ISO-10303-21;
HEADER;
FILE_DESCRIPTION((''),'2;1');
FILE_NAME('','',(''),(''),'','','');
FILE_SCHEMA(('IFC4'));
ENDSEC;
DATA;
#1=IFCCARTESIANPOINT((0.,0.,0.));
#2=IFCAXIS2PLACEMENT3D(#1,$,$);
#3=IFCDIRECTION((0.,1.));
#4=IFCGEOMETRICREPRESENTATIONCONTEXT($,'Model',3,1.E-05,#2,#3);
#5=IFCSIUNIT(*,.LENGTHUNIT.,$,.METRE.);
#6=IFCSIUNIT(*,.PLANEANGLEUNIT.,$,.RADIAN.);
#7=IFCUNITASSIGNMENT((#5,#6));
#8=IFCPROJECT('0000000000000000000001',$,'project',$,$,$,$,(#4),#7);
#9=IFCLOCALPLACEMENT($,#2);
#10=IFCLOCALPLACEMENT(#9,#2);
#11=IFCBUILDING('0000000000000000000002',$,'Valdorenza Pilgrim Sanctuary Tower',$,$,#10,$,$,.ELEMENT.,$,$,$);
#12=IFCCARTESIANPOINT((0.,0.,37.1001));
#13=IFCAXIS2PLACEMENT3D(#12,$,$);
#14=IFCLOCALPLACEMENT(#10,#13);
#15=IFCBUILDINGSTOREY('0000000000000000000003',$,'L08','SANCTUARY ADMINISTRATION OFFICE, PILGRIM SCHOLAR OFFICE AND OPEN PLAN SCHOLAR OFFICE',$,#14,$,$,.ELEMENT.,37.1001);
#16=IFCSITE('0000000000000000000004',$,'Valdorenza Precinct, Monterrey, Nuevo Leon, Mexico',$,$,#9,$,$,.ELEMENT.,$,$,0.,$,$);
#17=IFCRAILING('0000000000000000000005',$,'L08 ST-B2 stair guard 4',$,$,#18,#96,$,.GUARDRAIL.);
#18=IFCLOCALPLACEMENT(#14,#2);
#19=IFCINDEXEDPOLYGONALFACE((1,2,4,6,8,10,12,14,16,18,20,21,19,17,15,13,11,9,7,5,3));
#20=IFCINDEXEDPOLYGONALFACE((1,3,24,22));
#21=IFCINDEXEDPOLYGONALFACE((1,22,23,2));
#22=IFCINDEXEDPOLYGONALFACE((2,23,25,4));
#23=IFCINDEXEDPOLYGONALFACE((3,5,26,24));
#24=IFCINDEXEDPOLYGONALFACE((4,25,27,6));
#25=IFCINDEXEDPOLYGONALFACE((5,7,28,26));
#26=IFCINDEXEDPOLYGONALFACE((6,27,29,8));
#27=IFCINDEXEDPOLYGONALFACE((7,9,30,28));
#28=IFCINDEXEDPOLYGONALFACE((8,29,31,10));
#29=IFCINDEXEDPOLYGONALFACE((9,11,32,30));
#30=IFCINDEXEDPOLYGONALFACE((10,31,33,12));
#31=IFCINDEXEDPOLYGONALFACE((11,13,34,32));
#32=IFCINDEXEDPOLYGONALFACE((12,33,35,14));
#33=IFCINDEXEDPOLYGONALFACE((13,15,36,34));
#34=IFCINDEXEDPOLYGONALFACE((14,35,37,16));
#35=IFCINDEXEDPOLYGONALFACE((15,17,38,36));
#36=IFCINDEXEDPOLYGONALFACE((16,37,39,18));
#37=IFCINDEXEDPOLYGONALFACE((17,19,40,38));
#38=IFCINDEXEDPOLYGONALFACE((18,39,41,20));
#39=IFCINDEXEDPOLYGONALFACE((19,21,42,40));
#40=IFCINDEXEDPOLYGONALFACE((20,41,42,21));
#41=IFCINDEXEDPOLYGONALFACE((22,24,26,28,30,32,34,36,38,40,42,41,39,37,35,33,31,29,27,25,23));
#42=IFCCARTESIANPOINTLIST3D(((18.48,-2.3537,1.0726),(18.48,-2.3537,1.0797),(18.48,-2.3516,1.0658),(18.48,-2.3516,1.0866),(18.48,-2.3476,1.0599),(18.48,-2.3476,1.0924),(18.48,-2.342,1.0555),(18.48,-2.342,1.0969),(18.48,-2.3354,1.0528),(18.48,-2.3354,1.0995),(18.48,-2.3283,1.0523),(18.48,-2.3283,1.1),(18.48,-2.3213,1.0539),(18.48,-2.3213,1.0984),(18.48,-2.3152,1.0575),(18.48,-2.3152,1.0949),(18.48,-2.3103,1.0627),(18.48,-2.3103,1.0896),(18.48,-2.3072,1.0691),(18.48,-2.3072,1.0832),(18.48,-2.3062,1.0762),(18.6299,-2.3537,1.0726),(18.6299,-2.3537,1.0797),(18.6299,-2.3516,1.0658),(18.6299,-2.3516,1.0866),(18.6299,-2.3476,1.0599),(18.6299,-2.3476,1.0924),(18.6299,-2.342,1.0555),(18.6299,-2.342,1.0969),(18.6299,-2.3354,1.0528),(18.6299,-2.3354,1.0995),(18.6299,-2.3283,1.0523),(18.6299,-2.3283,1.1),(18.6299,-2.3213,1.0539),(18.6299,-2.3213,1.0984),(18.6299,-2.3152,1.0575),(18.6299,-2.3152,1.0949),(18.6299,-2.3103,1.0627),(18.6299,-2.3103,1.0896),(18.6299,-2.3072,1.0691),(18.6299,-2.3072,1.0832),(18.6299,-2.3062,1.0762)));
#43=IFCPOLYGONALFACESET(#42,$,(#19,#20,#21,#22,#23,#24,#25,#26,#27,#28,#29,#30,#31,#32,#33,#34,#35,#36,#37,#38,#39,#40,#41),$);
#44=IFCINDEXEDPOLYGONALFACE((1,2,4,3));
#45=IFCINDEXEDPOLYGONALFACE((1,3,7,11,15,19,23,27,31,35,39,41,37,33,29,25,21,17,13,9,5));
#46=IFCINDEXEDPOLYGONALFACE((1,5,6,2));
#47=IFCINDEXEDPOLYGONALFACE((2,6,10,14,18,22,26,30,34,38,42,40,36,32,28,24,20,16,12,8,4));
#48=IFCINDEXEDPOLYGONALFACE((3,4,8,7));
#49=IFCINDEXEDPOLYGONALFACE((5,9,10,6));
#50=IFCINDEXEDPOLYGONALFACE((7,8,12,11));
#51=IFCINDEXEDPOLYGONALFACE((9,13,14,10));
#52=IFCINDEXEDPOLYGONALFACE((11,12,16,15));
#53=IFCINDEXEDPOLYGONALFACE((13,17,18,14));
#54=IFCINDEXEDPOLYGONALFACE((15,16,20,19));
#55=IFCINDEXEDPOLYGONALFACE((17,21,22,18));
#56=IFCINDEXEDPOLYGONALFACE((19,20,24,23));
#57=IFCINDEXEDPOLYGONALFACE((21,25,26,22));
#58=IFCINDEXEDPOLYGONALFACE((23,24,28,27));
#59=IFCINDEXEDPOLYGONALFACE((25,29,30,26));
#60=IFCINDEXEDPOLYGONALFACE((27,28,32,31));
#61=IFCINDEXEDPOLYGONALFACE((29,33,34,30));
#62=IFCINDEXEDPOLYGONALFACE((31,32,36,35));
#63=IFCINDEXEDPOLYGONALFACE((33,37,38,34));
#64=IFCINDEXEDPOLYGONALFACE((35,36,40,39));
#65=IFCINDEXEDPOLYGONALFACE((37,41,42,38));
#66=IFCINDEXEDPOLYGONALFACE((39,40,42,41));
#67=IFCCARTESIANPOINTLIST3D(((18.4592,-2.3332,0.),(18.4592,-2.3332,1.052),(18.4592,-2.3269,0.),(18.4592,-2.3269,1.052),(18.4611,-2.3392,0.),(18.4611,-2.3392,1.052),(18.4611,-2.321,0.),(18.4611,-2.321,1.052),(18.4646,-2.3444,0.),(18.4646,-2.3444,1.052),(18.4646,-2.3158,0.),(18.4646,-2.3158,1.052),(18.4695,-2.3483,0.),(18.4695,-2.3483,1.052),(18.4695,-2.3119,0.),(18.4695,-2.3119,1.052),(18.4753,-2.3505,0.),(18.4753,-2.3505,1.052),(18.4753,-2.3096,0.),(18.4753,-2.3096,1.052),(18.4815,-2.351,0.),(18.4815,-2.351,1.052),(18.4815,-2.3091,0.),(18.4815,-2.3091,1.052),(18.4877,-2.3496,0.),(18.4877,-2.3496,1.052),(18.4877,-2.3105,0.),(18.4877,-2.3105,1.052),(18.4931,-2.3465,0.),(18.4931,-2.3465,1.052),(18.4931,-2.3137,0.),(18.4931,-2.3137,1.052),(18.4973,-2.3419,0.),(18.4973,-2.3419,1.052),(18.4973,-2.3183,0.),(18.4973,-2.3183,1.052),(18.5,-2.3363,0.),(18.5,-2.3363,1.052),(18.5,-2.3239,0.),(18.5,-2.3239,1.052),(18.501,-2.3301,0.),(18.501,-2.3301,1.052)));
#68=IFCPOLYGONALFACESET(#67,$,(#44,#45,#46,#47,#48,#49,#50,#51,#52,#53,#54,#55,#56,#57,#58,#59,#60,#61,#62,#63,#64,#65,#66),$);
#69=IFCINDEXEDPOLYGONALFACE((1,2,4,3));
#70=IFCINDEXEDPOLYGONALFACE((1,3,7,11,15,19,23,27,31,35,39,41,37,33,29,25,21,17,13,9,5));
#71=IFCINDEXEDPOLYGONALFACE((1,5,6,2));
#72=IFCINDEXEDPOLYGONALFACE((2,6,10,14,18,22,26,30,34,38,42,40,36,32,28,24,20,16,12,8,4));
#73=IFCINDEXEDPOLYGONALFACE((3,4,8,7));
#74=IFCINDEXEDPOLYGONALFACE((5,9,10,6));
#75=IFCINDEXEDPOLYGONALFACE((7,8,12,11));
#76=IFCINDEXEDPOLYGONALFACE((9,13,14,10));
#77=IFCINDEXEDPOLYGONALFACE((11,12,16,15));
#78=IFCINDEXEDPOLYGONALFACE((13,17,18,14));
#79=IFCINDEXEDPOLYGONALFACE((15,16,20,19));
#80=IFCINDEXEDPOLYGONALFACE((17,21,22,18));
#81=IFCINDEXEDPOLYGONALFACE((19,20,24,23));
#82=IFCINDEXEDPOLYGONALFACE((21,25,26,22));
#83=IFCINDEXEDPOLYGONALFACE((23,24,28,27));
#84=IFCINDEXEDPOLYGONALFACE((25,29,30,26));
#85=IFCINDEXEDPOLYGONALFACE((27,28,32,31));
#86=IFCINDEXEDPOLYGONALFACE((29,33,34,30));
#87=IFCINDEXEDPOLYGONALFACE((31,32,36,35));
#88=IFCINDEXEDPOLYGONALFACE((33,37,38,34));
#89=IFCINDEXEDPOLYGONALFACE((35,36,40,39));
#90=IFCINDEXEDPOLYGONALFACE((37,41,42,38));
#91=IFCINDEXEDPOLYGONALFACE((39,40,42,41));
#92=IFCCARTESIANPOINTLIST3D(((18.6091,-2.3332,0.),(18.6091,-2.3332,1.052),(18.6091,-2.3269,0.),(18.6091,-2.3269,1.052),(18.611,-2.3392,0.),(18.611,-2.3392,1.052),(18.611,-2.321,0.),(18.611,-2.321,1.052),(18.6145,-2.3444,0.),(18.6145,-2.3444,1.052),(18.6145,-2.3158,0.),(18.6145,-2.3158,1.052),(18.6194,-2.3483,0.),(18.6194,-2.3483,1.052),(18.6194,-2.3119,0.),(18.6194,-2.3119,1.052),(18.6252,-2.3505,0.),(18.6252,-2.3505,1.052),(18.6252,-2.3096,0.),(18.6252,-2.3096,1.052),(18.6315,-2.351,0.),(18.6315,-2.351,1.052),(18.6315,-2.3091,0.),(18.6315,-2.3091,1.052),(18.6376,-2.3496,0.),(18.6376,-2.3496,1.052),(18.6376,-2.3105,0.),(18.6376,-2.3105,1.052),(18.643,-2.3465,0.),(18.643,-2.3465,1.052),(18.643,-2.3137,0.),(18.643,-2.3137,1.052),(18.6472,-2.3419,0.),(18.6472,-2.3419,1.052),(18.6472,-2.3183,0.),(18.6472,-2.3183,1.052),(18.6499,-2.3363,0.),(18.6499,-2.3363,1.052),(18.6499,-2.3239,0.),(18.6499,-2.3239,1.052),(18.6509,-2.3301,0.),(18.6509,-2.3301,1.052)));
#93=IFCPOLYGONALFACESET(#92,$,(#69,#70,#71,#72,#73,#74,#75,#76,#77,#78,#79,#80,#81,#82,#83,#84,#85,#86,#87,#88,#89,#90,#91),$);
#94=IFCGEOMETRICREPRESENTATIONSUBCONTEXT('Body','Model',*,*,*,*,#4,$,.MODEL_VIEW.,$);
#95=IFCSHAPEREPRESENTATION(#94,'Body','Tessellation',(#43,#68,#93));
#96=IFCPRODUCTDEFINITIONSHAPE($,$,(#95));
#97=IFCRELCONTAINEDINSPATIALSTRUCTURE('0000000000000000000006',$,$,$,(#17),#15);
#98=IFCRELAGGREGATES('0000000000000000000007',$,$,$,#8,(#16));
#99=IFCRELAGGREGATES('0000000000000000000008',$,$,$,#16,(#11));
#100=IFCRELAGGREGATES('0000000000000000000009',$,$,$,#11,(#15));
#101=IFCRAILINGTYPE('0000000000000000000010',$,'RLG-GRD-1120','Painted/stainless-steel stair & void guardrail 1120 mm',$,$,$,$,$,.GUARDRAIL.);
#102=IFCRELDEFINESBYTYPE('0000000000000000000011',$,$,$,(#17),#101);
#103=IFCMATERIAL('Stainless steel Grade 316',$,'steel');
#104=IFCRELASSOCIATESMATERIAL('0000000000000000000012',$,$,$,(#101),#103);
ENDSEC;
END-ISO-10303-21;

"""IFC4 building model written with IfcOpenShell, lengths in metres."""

from ifc_helpers import new_model, si_unit, direction, frame, origin, origin_2d, place, context, subcontext, project, spatial, circle, extrude, material, type_object, element, save


model = new_model("IFC4")

# Units and contexts
model_context = context("Model", 3, precision=1e-05, world=origin(), true_north=direction((0.0, 1.0)))
body_context = subcontext(model_context, "Body", "Model", "MODEL_VIEW")
ifc_project = project(units=[si_unit("LENGTHUNIT", "METRE"), si_unit("PLANEANGLEUNIT", "RADIAN")], contexts=[model_context])

# Site, building, storey
site_placement = place(None, origin())
site = spatial("IfcSite", under=ifc_project, at=site_placement, Name="Valdorenza Precinct, Monterrey, Nuevo Leon, Mexico", CompositionType="ELEMENT", RefElevation=0.0)
building_placement = place(site_placement, origin())
building = spatial("IfcBuilding", under=site, at=building_placement, Name="Valdorenza Pilgrim Sanctuary Tower", CompositionType="ELEMENT")
storey_placement = place(building_placement, frame((0.0, 0.0, 37.1001)))
storey = spatial("IfcBuildingStorey", under=building, at=storey_placement, Name="L08", Description="SANCTUARY ADMINISTRATION OFFICE, PILGRIM SCHOLAR OFFICE AND OPEN PLAN SCHOLAR OFFICE", CompositionType="ELEMENT", Elevation=37.1001)

# Railing
ifc_material_1 = material(Name="Stainless steel Grade 316", Category="steel")
railing_type_1 = type_object("IfcRailingType", Name="RLG-GRD-1120", Description="Painted/stainless-steel stair & void guardrail 1120 mm", PredefinedType="GUARDRAIL", material=ifc_material_1)
railing_1_placement = place(storey_placement, frame((18.48, -2.3301, 0.0)))
element("IfcRailing", 1, at=railing_1_placement, inside=storey, type_object=railing_type_1, Name="L08 ST-B2 stair guard 4", PredefinedType="GUARDRAIL", context=body_context, shape_type="SweptSolid", body=[
    extrude(circle(Radius=0.0239, at=origin_2d()), frame((0.0, 0.0, 1.0762), z_axis=(1.0, 0.0, 0.0), x_axis=(0.0, 1.0, 0.0)), (0.0, 0.0, 1.0), 0.1499),
    extrude(circle(Radius=0.021, at=origin_2d()), origin(), (0.0, 0.0, 1.0), 1.052),
    extrude(circle(Radius=0.021, at=origin_2d()), frame((0.1499, 0.0, 0.0)), (0.0, 0.0, 1.0), 1.052),
])

save(model, "model.ifc")
